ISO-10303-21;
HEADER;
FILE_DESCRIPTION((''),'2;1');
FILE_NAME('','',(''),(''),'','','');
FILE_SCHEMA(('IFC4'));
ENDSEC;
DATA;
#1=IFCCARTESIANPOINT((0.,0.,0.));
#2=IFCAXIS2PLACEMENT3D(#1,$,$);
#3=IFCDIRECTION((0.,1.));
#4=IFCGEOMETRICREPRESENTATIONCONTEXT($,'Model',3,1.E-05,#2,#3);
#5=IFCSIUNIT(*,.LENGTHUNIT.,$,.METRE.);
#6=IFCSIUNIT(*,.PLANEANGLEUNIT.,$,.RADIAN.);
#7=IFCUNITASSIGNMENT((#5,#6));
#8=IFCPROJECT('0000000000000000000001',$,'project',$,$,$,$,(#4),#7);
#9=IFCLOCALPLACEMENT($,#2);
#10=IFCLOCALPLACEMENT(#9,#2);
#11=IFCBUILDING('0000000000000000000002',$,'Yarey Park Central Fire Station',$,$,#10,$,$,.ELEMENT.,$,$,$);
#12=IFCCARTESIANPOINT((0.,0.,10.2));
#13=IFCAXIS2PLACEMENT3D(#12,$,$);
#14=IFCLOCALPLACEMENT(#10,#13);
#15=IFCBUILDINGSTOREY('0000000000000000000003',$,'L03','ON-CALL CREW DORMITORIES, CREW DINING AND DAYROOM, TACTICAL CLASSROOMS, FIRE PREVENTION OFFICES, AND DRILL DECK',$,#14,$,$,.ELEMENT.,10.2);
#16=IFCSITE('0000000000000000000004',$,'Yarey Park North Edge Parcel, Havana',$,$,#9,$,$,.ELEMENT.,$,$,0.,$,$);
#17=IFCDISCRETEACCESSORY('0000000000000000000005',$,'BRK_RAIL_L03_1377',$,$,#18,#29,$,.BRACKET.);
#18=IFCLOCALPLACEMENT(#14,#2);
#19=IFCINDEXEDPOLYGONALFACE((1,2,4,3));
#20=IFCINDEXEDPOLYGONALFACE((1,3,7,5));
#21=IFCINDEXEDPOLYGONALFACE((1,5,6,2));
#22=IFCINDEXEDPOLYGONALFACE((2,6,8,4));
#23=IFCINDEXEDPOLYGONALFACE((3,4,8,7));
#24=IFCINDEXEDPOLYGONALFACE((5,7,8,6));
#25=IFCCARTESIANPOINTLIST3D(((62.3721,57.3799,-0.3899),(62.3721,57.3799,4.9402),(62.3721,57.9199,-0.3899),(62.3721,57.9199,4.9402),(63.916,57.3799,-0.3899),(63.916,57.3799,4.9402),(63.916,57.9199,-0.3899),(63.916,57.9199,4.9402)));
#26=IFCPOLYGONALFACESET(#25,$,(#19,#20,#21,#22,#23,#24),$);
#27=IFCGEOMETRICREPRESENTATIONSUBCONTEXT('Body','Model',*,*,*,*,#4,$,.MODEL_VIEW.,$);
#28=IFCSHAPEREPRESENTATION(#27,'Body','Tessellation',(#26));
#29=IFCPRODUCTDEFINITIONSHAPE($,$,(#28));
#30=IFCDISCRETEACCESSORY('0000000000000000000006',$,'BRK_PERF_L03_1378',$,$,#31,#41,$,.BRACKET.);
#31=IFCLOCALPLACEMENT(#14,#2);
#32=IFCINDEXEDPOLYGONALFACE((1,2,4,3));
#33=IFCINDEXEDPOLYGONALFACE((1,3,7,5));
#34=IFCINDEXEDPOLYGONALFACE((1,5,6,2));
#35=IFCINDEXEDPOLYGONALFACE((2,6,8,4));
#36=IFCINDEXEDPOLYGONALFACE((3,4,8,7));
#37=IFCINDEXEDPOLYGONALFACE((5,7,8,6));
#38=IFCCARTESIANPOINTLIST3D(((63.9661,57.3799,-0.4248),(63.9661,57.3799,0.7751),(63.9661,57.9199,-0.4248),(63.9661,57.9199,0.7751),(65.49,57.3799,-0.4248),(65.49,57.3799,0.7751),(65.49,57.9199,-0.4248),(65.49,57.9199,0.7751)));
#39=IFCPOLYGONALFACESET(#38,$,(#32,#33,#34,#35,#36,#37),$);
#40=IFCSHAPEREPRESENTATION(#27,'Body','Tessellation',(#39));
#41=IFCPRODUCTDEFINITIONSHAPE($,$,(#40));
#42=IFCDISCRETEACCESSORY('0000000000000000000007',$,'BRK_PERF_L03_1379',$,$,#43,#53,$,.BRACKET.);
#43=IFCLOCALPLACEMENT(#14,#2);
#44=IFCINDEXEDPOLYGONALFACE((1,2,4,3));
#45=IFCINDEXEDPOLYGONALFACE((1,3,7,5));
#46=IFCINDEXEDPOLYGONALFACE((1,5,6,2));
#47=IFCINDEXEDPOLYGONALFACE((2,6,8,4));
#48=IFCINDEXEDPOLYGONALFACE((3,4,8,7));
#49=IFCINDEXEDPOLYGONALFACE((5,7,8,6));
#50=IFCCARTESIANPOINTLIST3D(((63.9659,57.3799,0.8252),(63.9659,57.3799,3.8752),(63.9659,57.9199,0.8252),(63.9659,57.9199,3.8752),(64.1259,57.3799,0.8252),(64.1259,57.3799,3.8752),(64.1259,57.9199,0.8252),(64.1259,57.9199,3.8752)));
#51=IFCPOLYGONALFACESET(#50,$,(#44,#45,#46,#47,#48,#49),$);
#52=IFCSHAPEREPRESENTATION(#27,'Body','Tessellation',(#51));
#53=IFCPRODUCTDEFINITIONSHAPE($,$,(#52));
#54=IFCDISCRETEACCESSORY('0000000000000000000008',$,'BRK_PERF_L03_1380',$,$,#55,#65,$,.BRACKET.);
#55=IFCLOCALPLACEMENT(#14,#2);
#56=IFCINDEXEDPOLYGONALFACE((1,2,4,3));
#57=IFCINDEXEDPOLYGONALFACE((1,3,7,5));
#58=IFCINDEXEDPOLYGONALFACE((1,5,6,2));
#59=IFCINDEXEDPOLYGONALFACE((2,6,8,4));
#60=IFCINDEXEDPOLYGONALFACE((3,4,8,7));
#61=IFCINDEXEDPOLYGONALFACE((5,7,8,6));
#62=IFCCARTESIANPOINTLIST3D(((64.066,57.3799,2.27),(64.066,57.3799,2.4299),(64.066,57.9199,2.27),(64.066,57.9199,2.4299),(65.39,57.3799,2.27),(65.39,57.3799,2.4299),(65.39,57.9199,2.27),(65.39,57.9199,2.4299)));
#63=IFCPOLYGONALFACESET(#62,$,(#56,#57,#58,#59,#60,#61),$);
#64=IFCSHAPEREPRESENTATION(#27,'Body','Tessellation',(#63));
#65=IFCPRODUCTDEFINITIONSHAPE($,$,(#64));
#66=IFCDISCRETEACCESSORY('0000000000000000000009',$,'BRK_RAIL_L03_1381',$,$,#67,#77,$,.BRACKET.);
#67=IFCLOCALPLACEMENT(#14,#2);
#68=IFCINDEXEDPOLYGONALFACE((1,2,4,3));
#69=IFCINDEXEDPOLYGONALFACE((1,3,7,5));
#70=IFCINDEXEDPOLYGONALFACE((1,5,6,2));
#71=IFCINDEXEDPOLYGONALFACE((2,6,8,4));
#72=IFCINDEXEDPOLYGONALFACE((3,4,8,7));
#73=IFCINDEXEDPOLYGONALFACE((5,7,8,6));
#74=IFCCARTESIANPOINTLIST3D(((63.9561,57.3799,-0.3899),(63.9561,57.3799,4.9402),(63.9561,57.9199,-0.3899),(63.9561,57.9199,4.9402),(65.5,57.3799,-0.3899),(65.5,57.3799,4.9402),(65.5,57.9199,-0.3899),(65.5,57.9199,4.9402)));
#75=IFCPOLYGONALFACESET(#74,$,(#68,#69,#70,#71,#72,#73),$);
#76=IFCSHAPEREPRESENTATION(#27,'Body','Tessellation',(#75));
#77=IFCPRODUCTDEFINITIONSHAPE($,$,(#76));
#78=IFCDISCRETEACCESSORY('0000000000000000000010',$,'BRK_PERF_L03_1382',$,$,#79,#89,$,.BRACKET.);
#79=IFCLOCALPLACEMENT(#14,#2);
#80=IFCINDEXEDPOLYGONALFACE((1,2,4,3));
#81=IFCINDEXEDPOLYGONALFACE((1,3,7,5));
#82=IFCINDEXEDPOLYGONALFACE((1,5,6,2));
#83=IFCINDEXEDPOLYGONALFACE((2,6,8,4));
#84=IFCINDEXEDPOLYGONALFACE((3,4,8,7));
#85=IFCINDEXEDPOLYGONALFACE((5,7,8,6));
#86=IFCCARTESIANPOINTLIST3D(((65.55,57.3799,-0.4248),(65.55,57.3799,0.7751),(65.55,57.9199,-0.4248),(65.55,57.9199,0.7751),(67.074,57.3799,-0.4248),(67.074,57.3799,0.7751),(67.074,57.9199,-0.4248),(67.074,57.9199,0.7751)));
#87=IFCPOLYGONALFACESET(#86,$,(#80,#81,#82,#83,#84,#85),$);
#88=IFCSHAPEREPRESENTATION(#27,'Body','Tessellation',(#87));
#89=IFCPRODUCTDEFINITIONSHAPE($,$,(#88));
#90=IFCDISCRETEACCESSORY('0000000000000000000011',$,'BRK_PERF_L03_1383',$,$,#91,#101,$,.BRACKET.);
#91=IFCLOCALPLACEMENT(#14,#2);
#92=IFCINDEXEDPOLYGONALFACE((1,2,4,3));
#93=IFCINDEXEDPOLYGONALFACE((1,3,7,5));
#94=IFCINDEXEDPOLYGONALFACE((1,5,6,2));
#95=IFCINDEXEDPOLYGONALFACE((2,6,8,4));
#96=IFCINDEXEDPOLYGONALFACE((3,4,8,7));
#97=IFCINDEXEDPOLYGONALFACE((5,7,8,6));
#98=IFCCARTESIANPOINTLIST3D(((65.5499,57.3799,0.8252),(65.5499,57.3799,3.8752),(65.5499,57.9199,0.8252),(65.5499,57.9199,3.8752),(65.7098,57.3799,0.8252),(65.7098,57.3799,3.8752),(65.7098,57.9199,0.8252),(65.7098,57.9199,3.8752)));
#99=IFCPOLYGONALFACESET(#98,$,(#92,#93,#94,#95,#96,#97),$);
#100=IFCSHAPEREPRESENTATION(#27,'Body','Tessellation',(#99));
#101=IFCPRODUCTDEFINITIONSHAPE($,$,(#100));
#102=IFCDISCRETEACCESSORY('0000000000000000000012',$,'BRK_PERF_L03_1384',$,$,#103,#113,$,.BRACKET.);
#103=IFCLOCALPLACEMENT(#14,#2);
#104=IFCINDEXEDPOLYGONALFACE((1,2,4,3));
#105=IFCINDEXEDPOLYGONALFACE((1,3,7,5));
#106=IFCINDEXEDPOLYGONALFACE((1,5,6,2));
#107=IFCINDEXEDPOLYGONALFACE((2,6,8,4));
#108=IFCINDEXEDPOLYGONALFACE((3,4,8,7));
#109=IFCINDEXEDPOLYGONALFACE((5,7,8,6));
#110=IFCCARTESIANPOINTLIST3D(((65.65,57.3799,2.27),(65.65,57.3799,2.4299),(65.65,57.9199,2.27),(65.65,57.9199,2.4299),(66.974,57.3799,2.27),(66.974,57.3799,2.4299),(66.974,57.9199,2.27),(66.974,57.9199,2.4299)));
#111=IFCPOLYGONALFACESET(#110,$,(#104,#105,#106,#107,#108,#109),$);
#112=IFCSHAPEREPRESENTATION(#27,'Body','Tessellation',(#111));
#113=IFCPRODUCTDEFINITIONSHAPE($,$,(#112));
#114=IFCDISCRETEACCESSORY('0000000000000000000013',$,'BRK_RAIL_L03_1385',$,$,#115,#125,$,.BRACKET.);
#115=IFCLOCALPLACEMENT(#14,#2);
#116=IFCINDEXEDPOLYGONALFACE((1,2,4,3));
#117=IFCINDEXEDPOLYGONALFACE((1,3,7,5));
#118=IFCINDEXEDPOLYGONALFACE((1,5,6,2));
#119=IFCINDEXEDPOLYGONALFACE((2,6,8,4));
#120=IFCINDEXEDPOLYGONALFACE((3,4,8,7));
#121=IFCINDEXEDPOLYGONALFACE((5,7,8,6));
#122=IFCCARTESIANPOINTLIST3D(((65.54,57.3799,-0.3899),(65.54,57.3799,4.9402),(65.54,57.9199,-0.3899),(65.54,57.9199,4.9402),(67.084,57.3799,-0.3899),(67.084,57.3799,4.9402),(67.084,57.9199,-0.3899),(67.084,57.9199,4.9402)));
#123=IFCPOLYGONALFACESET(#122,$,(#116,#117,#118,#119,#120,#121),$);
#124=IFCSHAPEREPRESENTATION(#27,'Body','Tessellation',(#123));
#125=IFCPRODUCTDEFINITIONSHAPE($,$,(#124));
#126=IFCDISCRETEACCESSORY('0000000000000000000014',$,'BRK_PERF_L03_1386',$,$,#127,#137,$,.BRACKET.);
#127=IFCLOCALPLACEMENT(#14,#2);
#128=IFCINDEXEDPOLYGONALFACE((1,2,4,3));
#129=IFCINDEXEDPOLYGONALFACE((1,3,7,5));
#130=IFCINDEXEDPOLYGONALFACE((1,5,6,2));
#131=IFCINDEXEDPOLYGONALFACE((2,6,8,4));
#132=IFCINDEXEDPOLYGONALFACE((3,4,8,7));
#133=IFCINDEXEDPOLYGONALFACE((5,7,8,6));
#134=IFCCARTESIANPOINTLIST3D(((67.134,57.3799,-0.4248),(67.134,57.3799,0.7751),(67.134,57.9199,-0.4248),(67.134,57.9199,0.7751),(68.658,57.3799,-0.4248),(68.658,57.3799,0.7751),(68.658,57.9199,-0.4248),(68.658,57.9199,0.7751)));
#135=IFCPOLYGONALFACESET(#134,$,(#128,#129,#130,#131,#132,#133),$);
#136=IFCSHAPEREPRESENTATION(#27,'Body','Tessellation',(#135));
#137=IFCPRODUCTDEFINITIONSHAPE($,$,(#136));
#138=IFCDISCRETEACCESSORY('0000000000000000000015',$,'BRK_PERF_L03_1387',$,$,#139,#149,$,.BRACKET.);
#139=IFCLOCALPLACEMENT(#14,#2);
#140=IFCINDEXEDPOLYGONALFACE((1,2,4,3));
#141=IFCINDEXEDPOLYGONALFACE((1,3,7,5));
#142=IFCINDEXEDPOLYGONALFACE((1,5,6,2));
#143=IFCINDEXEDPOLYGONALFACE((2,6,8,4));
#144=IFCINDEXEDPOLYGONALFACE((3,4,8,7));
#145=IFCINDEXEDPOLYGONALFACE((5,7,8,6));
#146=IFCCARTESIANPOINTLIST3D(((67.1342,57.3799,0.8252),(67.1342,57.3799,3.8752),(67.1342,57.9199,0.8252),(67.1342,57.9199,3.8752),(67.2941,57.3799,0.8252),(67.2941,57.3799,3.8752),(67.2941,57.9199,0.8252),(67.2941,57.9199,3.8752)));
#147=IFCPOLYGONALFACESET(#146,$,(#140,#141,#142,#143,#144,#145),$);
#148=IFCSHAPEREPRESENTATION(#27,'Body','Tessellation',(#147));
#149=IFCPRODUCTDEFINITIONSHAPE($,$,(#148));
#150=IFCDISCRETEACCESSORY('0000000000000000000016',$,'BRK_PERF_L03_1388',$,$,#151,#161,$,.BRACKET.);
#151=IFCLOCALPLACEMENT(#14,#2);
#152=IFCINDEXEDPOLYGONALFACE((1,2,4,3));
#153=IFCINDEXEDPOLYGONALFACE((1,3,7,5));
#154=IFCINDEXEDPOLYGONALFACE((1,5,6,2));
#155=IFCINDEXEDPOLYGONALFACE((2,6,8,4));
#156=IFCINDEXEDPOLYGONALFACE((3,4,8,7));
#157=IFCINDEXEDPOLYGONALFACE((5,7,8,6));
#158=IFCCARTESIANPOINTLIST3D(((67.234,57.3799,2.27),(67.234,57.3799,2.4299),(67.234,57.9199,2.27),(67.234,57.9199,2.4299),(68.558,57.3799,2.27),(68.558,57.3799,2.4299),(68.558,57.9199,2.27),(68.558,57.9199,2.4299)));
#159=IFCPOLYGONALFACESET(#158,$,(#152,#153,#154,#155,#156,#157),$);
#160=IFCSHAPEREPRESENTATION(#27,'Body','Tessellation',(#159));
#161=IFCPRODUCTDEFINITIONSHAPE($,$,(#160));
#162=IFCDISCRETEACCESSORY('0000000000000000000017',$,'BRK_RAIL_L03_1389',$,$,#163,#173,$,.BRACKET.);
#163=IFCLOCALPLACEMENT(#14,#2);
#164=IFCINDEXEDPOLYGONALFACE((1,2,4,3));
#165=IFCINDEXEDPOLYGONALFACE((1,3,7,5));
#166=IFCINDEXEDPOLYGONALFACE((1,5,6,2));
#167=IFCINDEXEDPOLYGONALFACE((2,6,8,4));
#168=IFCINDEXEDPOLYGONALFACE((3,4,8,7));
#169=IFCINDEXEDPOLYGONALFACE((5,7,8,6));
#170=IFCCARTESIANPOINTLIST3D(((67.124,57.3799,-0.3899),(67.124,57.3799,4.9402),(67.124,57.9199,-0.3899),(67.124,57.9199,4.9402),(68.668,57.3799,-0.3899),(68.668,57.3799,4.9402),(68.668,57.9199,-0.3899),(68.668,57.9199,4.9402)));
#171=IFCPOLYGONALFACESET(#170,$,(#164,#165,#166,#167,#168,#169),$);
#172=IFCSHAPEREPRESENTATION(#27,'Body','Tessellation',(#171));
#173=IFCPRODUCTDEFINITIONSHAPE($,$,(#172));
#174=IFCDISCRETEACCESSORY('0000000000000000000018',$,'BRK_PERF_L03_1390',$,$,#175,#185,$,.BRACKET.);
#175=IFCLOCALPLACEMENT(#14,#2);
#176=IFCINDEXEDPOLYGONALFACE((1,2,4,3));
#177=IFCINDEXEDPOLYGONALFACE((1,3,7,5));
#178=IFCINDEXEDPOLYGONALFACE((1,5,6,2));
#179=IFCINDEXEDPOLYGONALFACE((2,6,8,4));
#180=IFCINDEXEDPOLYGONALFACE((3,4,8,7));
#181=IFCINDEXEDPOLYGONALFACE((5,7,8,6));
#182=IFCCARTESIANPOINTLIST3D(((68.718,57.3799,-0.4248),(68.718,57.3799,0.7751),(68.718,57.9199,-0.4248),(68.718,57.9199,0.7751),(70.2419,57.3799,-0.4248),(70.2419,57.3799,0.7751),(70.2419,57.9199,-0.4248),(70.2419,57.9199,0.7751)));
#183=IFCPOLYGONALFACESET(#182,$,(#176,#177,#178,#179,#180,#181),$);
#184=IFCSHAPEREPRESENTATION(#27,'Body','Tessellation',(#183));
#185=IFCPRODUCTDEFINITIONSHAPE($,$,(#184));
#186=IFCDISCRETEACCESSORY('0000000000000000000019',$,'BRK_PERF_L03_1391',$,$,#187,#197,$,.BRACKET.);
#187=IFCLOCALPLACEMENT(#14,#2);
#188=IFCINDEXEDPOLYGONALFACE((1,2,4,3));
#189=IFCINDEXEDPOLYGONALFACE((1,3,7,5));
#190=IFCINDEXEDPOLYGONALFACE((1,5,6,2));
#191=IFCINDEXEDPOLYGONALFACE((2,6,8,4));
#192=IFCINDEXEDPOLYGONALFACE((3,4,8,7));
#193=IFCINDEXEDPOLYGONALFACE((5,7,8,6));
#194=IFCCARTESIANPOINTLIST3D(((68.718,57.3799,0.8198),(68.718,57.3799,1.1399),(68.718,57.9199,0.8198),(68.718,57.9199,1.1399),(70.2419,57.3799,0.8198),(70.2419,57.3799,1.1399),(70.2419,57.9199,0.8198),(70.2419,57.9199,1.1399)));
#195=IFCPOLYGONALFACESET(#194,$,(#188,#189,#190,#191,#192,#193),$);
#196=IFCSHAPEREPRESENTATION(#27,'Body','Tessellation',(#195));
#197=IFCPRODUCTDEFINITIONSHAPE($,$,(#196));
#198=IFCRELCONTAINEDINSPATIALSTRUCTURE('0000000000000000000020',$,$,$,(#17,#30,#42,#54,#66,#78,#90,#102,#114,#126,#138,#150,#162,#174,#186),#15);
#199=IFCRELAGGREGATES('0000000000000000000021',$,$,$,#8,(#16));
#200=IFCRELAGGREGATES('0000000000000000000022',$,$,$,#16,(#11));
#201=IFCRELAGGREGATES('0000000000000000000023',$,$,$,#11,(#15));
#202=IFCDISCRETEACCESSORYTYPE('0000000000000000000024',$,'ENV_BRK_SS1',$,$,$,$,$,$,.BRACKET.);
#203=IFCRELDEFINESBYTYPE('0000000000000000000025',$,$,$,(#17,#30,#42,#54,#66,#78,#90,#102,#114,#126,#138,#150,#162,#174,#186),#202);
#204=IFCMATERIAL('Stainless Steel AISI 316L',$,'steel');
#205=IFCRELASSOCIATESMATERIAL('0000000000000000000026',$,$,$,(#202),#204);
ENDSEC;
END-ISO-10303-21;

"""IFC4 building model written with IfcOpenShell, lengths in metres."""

from ifc_helpers import new_model, si_unit, direction, frame, origin, origin_2d, place, context, subcontext, project, spatial, rectangle, extrude, material, type_object, element, save


model = new_model("IFC4")

# Units and contexts
model_context = context("Model", 3, precision=1e-05, world=origin(), true_north=direction((0.0, 1.0)))
body_context = subcontext(model_context, "Body", "Model", "MODEL_VIEW")
ifc_project = project(units=[si_unit("LENGTHUNIT", "METRE"), si_unit("PLANEANGLEUNIT", "RADIAN")], contexts=[model_context])

# Site, building, storey
site_placement = place(None, origin())
site = spatial("IfcSite", under=ifc_project, at=site_placement, Name="Yarey Park North Edge Parcel, Havana", CompositionType="ELEMENT", RefElevation=0.0)
building_placement = place(site_placement, origin())
building = spatial("IfcBuilding", under=site, at=building_placement, Name="Yarey Park Central Fire Station", CompositionType="ELEMENT")
storey_placement = place(building_placement, frame((0.0, 0.0, 10.2)))
storey = spatial("IfcBuildingStorey", under=building, at=storey_placement, Name="L03", Description="ON-CALL CREW DORMITORIES, CREW DINING AND DAYROOM, TACTICAL CLASSROOMS, FIRE PREVENTION OFFICES, AND DRILL DECK", CompositionType="ELEMENT", Elevation=10.2)

# Discrete accessories
ifc_material_1 = material(Name="Stainless Steel AISI 316L", Category="steel")
discrete_accessory_type = type_object("IfcDiscreteAccessoryType", Name="ENV_BRK_SS1", PredefinedType="BRACKET", material=ifc_material_1)
discrete_accessory_1_placement = place(storey_placement, frame((63.144, 57.6499, -0.3899), z_axis=(0.0, 0.0, 1.0), x_axis=(1.0, 0.0, 0.0)))
element("IfcDiscreteAccessory", 1, at=discrete_accessory_1_placement, inside=storey, type_object=discrete_accessory_type, Name="BRK_RAIL_L03_1377", PredefinedType="BRACKET", context=body_context, shape_type="SweptSolid", body=[
    extrude(rectangle(XDim=1.5439, YDim=0.54, at=origin_2d()), origin(), (0.0, 0.0, 1.0), 5.3301),
])
discrete_accessory_2_placement = place(storey_placement, frame((64.728, 57.6499, -0.4248), z_axis=(0.0, 0.0, 1.0), x_axis=(1.0, 0.0, 0.0)))
element("IfcDiscreteAccessory", 2, at=discrete_accessory_2_placement, inside=storey, type_object=discrete_accessory_type, Name="BRK_PERF_L03_1378", PredefinedType="BRACKET", context=body_context, shape_type="SweptSolid", body=[
    extrude(rectangle(XDim=1.5239, YDim=0.54, at=origin_2d()), origin(), (0.0, 0.0, 1.0), 1.2),
])
discrete_accessory_3_placement = place(storey_placement, frame((64.0459, 57.6499, 0.8252), z_axis=(0.0, 0.0, 1.0), x_axis=(1.0, 0.0, 0.0)))
element("IfcDiscreteAccessory", 3, at=discrete_accessory_3_placement, inside=storey, type_object=discrete_accessory_type, Name="BRK_PERF_L03_1379", PredefinedType="BRACKET", context=body_context, shape_type="SweptSolid", body=[
    extrude(rectangle(XDim=0.1599, YDim=0.54, at=origin_2d()), origin(), (0.0, 0.0, 1.0), 3.05),
])
discrete_accessory_4_placement = place(storey_placement, frame((64.728, 57.6499, 2.27), z_axis=(0.0, 0.0, 1.0), x_axis=(1.0, 0.0, 0.0)))
element("IfcDiscreteAccessory", 4, at=discrete_accessory_4_placement, inside=storey, type_object=discrete_accessory_type, Name="BRK_PERF_L03_1380", PredefinedType="BRACKET", context=body_context, shape_type="SweptSolid", body=[
    extrude(rectangle(XDim=1.324, YDim=0.54, at=origin_2d()), origin(), (0.0, 0.0, 1.0), 0.1599),
])
discrete_accessory_5_placement = place(storey_placement, frame((64.728, 57.6499, -0.3899), z_axis=(0.0, 0.0, 1.0), x_axis=(1.0, 0.0, 0.0)))
element("IfcDiscreteAccessory", 5, at=discrete_accessory_5_placement, inside=storey, type_object=discrete_accessory_type, Name="BRK_RAIL_L03_1381", PredefinedType="BRACKET", context=body_context, shape_type="SweptSolid", body=[
    extrude(rectangle(XDim=1.5439, YDim=0.54, at=origin_2d()), origin(), (0.0, 0.0, 1.0), 5.3301),
])
discrete_accessory_6_placement = place(storey_placement, frame((66.312, 57.6499, -0.4248), z_axis=(0.0, 0.0, 1.0), x_axis=(1.0, 0.0, 0.0)))
element("IfcDiscreteAccessory", 6, at=discrete_accessory_6_placement, inside=storey, type_object=discrete_accessory_type, Name="BRK_PERF_L03_1382", PredefinedType="BRACKET", context=body_context, shape_type="SweptSolid", body=[
    extrude(rectangle(XDim=1.5239, YDim=0.54, at=origin_2d()), origin(), (0.0, 0.0, 1.0), 1.2),
])
discrete_accessory_7_placement = place(storey_placement, frame((65.6299, 57.6499, 0.8252), z_axis=(0.0, 0.0, 1.0), x_axis=(1.0, 0.0, 0.0)))
element("IfcDiscreteAccessory", 7, at=discrete_accessory_7_placement, inside=storey, type_object=discrete_accessory_type, Name="BRK_PERF_L03_1383", PredefinedType="BRACKET", context=body_context, shape_type="SweptSolid", body=[
    extrude(rectangle(XDim=0.1599, YDim=0.54, at=origin_2d()), origin(), (0.0, 0.0, 1.0), 3.05),
])
discrete_accessory_8_placement = place(storey_placement, frame((66.312, 57.6499, 2.27), z_axis=(0.0, 0.0, 1.0), x_axis=(1.0, 0.0, 0.0)))
element("IfcDiscreteAccessory", 8, at=discrete_accessory_8_placement, inside=storey, type_object=discrete_accessory_type, Name="BRK_PERF_L03_1384", PredefinedType="BRACKET", context=body_context, shape_type="SweptSolid", body=[
    extrude(rectangle(XDim=1.324, YDim=0.54, at=origin_2d()), origin(), (0.0, 0.0, 1.0), 0.1599),
])
discrete_accessory_9_placement = place(storey_placement, frame((66.312, 57.6499, -0.3899), z_axis=(0.0, 0.0, 1.0), x_axis=(1.0, 0.0, 0.0)))
element("IfcDiscreteAccessory", 9, at=discrete_accessory_9_placement, inside=storey, type_object=discrete_accessory_type, Name="BRK_RAIL_L03_1385", PredefinedType="BRACKET", context=body_context, shape_type="SweptSolid", body=[
    extrude(rectangle(XDim=1.5439, YDim=0.54, at=origin_2d()), origin(), (0.0, 0.0, 1.0), 5.3301),
])
discrete_accessory_10_placement = place(storey_placement, frame((67.896, 57.6499, -0.4248), z_axis=(0.0, 0.0, 1.0), x_axis=(1.0, 0.0, 0.0)))
element("IfcDiscreteAccessory", 10, at=discrete_accessory_10_placement, inside=storey, type_object=discrete_accessory_type, Name="BRK_PERF_L03_1386", PredefinedType="BRACKET", context=body_context, shape_type="SweptSolid", body=[
    extrude(rectangle(XDim=1.5239, YDim=0.54, at=origin_2d()), origin(), (0.0, 0.0, 1.0), 1.2),
])
discrete_accessory_11_placement = place(storey_placement, frame((67.2141, 57.6499, 0.8252), z_axis=(0.0, 0.0, 1.0), x_axis=(1.0, 0.0, 0.0)))
element("IfcDiscreteAccessory", 11, at=discrete_accessory_11_placement, inside=storey, type_object=discrete_accessory_type, Name="BRK_PERF_L03_1387", PredefinedType="BRACKET", context=body_context, shape_type="SweptSolid", body=[
    extrude(rectangle(XDim=0.1599, YDim=0.54, at=origin_2d()), origin(), (0.0, 0.0, 1.0), 3.05),
])
discrete_accessory_12_placement = place(storey_placement, frame((67.896, 57.6499, 2.27), z_axis=(0.0, 0.0, 1.0), x_axis=(1.0, 0.0, 0.0)))
element("IfcDiscreteAccessory", 12, at=discrete_accessory_12_placement, inside=storey, type_object=discrete_accessory_type, Name="BRK_PERF_L03_1388", PredefinedType="BRACKET", context=body_context, shape_type="SweptSolid", body=[
    extrude(rectangle(XDim=1.324, YDim=0.54, at=origin_2d()), origin(), (0.0, 0.0, 1.0), 0.1599),
])
discrete_accessory_13_placement = place(storey_placement, frame((67.896, 57.6499, -0.3899), z_axis=(0.0, 0.0, 1.0), x_axis=(1.0, 0.0, 0.0)))
element("IfcDiscreteAccessory", 13, at=discrete_accessory_13_placement, inside=storey, type_object=discrete_accessory_type, Name="BRK_RAIL_L03_1389", PredefinedType="BRACKET", context=body_context, shape_type="SweptSolid", body=[
    extrude(rectangle(XDim=1.5439, YDim=0.54, at=origin_2d()), origin(), (0.0, 0.0, 1.0), 5.3301),
])
discrete_accessory_14_placement = place(storey_placement, frame((69.48, 57.6499, -0.4248), z_axis=(0.0, 0.0, 1.0), x_axis=(1.0, 0.0, 0.0)))
element("IfcDiscreteAccessory", 14, at=discrete_accessory_14_placement, inside=storey, type_object=discrete_accessory_type, Name="BRK_PERF_L03_1390", PredefinedType="BRACKET", context=body_context, shape_type="SweptSolid", body=[
    extrude(rectangle(XDim=1.5239, YDim=0.54, at=origin_2d()), origin(), (0.0, 0.0, 1.0), 1.2),
])
for number, where, z_axis, x_axis, name in (
    (15, (69.48, 57.6499, 0.8198), (0.0, 0.0, 1.0), (1.0, 0.0, 0.0), "BRK_PERF_L03_1391"),
):
    element("IfcDiscreteAccessory", number, at=place(storey_placement, frame(where, z_axis=z_axis, x_axis=x_axis)), inside=storey, type_object=discrete_accessory_type, Name=name, PredefinedType="BRACKET", context=body_context, shape_type="SweptSolid", body=[
        extrude(rectangle(XDim=1.5239, YDim=0.54, at=origin_2d()), origin(), (0.0, 0.0, 1.0), 0.3201),
    ])

save(model, "model.ifc")
